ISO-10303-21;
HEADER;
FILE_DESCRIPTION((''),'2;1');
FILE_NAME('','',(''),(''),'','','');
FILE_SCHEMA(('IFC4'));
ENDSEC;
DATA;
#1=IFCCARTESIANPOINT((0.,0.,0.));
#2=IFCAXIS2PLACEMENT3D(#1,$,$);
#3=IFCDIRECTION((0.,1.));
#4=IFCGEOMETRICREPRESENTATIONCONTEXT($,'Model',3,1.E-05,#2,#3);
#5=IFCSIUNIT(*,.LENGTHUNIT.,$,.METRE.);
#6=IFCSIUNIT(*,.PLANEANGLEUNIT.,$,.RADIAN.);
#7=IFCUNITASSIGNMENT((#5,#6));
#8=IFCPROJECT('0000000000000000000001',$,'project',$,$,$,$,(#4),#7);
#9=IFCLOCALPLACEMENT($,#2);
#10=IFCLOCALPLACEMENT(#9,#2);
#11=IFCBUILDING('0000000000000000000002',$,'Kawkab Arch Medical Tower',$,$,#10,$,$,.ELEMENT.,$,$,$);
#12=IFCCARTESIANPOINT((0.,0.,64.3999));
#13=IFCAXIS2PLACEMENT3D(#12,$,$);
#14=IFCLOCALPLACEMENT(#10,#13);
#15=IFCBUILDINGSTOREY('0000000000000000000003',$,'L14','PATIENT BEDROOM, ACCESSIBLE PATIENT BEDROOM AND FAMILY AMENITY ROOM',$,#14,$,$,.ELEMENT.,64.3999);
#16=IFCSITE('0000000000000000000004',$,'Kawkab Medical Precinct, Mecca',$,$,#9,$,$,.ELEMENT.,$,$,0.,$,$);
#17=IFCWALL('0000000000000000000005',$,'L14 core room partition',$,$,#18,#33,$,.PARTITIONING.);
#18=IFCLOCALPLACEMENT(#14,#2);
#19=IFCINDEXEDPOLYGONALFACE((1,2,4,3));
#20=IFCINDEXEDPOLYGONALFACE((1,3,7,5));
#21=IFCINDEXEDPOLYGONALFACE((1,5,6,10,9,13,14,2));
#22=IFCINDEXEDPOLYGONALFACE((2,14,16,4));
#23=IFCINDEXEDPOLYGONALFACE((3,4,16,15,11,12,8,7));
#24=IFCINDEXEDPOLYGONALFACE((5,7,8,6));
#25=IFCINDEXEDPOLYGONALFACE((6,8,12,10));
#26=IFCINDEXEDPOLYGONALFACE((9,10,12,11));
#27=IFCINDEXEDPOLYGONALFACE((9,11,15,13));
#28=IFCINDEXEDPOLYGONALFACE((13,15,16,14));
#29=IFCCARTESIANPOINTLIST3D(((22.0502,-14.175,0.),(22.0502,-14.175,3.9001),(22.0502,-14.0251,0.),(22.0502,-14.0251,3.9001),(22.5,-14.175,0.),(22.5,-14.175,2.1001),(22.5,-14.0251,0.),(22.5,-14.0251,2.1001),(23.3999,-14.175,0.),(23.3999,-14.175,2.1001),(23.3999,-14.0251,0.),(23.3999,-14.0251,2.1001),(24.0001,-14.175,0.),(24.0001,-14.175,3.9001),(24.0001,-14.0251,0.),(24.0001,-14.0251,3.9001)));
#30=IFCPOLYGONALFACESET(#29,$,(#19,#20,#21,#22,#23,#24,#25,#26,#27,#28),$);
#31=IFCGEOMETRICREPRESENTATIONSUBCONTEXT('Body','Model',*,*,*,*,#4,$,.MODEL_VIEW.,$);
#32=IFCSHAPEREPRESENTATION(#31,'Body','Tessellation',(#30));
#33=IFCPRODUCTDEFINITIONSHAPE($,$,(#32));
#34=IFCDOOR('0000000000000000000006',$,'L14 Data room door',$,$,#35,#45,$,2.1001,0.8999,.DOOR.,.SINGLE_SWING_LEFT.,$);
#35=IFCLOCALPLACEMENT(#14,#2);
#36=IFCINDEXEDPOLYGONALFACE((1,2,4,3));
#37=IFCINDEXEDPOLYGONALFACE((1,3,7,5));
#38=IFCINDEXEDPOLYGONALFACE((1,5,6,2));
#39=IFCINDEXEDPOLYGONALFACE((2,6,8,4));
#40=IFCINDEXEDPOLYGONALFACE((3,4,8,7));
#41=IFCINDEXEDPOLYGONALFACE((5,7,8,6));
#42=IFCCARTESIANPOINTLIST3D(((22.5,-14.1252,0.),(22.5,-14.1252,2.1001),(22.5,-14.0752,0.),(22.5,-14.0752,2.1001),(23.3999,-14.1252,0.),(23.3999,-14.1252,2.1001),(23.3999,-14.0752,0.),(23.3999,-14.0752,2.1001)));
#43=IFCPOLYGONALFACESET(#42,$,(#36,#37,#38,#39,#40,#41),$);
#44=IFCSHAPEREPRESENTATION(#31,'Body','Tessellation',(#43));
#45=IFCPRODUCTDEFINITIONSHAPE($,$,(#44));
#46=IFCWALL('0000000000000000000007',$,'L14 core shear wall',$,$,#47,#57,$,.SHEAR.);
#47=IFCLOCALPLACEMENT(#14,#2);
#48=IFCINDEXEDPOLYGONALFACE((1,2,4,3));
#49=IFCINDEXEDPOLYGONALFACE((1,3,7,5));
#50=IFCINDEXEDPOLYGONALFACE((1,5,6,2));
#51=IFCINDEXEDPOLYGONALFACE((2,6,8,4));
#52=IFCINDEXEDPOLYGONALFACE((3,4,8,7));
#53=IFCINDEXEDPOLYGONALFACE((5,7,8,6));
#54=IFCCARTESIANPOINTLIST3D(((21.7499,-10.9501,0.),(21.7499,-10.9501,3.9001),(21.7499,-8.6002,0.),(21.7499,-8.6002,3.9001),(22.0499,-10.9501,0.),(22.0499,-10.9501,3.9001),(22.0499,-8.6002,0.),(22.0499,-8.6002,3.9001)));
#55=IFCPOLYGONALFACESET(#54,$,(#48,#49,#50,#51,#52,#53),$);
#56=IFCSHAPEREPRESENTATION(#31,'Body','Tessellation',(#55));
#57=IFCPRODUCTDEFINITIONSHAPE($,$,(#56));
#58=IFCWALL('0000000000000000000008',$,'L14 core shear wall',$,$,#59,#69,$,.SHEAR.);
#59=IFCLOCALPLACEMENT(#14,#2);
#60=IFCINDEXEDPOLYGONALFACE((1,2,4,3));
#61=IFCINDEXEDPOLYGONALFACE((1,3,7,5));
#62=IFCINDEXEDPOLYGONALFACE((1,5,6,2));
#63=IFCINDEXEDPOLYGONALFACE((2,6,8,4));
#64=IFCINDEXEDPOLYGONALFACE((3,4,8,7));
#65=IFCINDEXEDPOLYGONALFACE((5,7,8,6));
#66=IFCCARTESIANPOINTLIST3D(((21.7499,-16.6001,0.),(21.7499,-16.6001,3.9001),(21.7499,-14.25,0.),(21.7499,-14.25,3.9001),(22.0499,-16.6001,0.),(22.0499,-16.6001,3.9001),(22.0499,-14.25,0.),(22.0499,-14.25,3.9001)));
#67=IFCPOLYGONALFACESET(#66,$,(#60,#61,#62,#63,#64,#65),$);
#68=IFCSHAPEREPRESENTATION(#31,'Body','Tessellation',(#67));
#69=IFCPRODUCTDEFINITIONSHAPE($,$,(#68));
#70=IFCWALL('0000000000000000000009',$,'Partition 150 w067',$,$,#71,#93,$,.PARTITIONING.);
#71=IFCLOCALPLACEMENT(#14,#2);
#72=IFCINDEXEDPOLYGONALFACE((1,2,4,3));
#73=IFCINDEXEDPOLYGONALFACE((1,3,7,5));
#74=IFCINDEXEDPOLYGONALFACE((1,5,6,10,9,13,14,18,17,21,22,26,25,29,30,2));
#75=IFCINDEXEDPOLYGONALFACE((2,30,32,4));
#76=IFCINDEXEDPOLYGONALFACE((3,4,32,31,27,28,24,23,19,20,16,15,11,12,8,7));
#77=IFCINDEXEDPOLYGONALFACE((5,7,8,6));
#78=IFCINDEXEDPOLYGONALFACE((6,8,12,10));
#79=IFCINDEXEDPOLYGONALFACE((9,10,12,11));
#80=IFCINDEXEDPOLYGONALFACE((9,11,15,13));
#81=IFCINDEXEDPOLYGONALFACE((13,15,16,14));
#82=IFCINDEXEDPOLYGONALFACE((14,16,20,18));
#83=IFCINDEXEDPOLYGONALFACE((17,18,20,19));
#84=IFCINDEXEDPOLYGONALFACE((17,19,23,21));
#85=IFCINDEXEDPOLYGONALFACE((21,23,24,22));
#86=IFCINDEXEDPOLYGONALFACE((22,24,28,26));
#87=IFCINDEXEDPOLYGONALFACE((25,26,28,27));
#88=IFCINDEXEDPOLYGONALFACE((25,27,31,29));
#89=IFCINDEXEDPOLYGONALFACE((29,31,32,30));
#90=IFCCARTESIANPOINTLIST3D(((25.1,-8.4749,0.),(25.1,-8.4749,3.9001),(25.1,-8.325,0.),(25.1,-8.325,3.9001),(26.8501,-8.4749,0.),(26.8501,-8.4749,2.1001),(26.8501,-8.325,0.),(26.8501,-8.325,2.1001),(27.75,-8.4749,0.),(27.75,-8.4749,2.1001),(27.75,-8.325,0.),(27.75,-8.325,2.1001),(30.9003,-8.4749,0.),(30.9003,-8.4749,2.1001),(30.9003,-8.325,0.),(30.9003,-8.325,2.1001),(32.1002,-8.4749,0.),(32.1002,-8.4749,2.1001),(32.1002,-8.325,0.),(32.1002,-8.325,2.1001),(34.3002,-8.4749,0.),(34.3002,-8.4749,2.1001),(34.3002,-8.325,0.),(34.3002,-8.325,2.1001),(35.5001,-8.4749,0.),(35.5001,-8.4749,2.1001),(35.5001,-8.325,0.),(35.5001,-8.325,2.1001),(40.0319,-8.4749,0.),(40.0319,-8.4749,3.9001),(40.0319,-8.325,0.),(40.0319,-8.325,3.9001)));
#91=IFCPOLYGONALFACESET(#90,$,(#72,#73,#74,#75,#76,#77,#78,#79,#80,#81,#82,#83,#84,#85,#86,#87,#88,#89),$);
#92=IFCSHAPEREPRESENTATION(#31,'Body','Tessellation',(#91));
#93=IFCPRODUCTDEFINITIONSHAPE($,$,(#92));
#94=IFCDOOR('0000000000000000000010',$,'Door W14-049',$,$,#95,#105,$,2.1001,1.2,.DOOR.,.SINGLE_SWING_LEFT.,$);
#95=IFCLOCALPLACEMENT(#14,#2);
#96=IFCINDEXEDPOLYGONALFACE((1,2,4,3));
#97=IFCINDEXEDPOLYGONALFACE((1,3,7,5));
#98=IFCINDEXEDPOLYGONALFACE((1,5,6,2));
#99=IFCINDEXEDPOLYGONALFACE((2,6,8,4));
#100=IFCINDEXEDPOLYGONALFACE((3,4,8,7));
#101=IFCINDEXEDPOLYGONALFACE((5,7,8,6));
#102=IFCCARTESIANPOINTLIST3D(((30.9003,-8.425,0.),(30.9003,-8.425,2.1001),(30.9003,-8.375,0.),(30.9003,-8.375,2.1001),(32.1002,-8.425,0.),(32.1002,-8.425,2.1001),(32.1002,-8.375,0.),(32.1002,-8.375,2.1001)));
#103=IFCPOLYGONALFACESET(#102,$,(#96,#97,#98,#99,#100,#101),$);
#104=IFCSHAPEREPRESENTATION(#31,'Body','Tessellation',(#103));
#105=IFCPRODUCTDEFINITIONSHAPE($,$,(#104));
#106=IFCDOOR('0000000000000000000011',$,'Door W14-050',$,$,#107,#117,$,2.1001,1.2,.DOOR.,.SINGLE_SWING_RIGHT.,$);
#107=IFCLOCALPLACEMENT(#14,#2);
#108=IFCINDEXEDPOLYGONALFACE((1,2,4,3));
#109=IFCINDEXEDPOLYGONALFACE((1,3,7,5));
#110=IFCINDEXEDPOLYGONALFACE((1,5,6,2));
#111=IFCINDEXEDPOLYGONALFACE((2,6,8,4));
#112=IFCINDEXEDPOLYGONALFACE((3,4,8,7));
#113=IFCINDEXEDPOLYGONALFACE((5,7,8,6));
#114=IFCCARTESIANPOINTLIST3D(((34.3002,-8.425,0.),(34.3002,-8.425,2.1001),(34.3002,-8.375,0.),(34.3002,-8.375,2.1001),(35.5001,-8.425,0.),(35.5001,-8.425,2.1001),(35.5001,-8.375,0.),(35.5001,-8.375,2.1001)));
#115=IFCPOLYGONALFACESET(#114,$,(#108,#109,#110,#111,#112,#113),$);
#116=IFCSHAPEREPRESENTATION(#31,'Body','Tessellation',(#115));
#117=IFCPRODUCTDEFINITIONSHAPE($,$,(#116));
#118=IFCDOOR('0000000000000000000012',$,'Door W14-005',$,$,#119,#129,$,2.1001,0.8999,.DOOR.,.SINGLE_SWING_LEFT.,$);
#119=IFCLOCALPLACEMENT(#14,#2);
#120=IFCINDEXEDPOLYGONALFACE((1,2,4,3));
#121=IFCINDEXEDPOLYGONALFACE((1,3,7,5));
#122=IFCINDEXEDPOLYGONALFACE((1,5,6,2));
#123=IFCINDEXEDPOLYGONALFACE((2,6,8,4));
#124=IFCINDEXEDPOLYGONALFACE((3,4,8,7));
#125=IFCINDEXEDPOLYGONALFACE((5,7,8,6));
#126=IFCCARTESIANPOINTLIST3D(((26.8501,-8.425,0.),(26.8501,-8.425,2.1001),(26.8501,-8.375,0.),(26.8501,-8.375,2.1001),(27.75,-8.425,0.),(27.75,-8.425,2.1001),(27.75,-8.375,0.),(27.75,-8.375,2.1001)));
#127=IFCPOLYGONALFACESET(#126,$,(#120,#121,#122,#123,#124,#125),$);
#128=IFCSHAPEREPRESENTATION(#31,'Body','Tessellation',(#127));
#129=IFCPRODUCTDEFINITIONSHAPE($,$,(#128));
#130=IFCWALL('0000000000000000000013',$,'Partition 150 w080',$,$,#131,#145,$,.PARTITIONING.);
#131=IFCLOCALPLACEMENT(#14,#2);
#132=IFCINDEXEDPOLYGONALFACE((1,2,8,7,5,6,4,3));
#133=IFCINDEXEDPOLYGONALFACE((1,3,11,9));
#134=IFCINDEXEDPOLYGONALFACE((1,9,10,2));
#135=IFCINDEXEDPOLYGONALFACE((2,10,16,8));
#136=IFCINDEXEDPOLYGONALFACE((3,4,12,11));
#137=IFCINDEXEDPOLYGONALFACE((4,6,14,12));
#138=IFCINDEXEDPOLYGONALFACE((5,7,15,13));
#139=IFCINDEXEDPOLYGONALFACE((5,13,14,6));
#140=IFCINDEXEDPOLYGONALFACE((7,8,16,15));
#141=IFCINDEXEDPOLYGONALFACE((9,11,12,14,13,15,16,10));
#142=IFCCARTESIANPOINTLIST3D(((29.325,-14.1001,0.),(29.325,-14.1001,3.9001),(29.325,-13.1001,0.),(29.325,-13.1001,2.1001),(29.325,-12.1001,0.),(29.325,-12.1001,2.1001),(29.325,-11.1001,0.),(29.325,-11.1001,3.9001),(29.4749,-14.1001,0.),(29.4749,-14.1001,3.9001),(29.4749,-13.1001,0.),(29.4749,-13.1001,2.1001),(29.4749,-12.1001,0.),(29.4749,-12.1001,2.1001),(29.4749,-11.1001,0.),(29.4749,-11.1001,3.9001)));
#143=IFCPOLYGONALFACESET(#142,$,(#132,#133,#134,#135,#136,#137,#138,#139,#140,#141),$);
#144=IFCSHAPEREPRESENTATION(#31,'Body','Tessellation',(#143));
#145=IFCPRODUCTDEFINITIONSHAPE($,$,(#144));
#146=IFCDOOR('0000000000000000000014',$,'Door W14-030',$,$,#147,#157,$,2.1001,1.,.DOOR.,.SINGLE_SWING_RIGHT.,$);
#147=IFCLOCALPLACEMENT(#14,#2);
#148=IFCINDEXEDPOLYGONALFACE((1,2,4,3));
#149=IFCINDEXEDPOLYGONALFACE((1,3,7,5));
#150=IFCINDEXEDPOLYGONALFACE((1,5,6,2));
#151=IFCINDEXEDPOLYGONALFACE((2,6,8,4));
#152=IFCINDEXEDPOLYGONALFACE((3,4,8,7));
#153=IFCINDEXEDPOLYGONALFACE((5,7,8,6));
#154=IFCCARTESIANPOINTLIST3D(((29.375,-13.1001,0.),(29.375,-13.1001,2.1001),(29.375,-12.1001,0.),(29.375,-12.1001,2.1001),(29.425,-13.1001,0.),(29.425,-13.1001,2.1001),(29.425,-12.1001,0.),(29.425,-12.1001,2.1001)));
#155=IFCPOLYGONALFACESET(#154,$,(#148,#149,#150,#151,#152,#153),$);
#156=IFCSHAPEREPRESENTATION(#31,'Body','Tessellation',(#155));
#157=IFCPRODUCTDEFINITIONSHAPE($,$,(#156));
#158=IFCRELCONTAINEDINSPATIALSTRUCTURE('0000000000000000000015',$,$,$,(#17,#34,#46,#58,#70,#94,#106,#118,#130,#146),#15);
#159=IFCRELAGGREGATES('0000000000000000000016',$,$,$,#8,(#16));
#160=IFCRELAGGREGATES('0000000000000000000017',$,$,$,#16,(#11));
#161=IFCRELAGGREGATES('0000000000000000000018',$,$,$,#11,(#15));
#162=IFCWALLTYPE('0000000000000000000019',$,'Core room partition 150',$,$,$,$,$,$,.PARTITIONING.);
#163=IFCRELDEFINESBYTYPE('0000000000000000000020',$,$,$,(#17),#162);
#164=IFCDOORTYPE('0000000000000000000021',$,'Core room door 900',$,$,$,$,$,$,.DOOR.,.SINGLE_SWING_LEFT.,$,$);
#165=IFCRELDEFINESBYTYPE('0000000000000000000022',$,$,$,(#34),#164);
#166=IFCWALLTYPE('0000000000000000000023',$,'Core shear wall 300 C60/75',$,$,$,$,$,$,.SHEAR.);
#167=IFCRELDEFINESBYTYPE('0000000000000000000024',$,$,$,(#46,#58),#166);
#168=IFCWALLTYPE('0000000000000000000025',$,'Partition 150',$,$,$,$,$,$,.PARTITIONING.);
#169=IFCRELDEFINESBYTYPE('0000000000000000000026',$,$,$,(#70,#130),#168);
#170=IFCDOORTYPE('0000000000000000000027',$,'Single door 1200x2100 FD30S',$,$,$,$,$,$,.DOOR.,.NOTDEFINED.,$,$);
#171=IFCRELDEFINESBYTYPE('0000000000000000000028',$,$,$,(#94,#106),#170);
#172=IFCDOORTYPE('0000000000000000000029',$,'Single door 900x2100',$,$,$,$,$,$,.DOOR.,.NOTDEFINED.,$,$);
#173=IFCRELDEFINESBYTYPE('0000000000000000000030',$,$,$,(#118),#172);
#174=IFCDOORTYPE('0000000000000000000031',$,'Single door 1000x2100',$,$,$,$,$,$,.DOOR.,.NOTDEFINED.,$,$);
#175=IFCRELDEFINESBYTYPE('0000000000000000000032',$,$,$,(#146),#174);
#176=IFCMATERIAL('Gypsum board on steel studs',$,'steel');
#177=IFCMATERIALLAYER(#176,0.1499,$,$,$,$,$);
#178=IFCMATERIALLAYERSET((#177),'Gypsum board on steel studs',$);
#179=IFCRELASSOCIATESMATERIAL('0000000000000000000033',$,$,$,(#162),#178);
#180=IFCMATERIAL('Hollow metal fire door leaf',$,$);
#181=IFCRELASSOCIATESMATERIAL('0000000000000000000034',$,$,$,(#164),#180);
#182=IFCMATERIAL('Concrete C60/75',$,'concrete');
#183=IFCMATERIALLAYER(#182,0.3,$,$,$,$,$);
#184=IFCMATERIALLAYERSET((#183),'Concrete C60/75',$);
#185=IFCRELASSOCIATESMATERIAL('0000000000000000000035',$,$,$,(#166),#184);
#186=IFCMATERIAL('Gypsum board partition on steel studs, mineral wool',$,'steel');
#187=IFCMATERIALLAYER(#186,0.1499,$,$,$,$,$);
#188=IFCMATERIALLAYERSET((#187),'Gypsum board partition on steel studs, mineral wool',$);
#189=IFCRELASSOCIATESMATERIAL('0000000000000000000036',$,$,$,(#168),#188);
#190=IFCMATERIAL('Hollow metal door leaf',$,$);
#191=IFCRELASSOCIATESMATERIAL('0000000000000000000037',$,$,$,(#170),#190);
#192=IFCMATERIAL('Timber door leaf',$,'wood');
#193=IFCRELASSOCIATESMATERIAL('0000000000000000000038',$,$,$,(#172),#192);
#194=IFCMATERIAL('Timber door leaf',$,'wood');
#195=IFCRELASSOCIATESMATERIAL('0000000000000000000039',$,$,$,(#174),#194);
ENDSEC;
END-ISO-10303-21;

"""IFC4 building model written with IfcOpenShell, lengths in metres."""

from ifc_helpers import new_model, si_unit, direction, frame, frame_2d, origin, place, context, subcontext, project, spatial, rectangle, extrude, material, layer, layer_set, type_object, element, fill, save


model = new_model("IFC4")

# Units and contexts
model_context = context("Model", 3, precision=1e-05, world=origin(), true_north=direction((0.0, 1.0)))
body_context = subcontext(model_context, "Body", "Model", "MODEL_VIEW")
ifc_project = project(units=[si_unit("LENGTHUNIT", "METRE"), si_unit("PLANEANGLEUNIT", "RADIAN")], contexts=[model_context])

# Site, building, storey
site_placement = place(None, origin())
site = spatial("IfcSite", under=ifc_project, at=site_placement, Name="Kawkab Medical Precinct, Mecca", CompositionType="ELEMENT", RefElevation=0.0)
building_placement = place(site_placement, origin())
building = spatial("IfcBuilding", under=site, at=building_placement, Name="Kawkab Arch Medical Tower", CompositionType="ELEMENT")
storey_placement = place(building_placement, frame((0.0, 0.0, 64.3999)))
storey = spatial("IfcBuildingStorey", under=building, at=storey_placement, Name="L14", Description="PATIENT BEDROOM, ACCESSIBLE PATIENT BEDROOM AND FAMILY AMENITY ROOM", CompositionType="ELEMENT", Elevation=64.3999)

# Wall, opening, door
ifc_material_1 = material(Name="Gypsum board on steel studs", Category="steel")
ifc_layer_1 = layer(ifc_material_1, 0.1499)
ifc_layer_set_1 = layer_set([ifc_layer_1], Name="Gypsum board on steel studs")
wall_type_1 = type_object("IfcWallType", Name="Core room partition 150", PredefinedType="PARTITIONING", material=ifc_layer_set_1)
wall_1_placement = place(storey_placement, frame((22.05, -14.1001, 0.0), z_axis=(0.0, 0.0, 1.0), x_axis=(1.0, 0.0, 0.0)))
wall_1 = element("IfcWall", 1, at=wall_1_placement, inside=storey, type_object=wall_type_1, Name="L14 core room partition", PredefinedType="PARTITIONING", context=body_context, shape_type="SweptSolid", body=[
    extrude(rectangle(XDim=1.95, YDim=0.1499, at=frame_2d((0.9751, 0.0))), origin(), (0.0, 0.0, 1.0), 3.9001),
])
opening_1_placement = place(wall_1_placement, frame((0.45, 0.0, 0.0)))
opening_1 = element("IfcOpeningElement", 2, at=opening_1_placement, cuts=wall_1, PredefinedType="OPENING", context=body_context, shape_type="SweptSolid", body=[
    extrude(rectangle(XDim=0.8999, YDim=2.1001, at=frame_2d((0.45, 1.05))), frame((0.0, 0.085, 0.0), z_axis=(0.0, -1.0, 0.0), x_axis=(1.0, 0.0, 0.0)), (0.0, 0.0, 1.0), 0.1699),
])
ifc_material_2 = material(Name="Hollow metal fire door leaf")
door_type_1 = type_object("IfcDoorType", Name="Core room door 900", OperationType="SINGLE_SWING_LEFT", PredefinedType="DOOR", material=ifc_material_2)
door_1_placement = place(opening_1_placement, origin())
door_1 = element("IfcDoor", 3, at=door_1_placement, inside=storey, type_object=door_type_1, Name="L14 Data room door", OperationType="SINGLE_SWING_LEFT", OverallHeight=2.1001, OverallWidth=0.8999, PredefinedType="DOOR", context=body_context, shape_type="SweptSolid", body=[
    extrude(rectangle(XDim=0.8999, YDim=2.1001, at=frame_2d((0.45, 1.05))), frame((0.0, 0.0249, 0.0), z_axis=(0.0, -1.0, 0.0), x_axis=(1.0, 0.0, 0.0)), (0.0, 0.0, 1.0), 0.05),
])
fill(opening_1, door_1)

# Walls
ifc_material_3 = material(Name="Concrete C60/75", Category="concrete")
ifc_layer_2 = layer(ifc_material_3, 0.3)
ifc_layer_set_2 = layer_set([ifc_layer_2], Name="Concrete C60/75")
wall_type_2 = type_object("IfcWallType", Name="Core shear wall 300 C60/75", PredefinedType="SHEAR", material=ifc_layer_set_2)
wall_2_placement = place(storey_placement, frame((21.8999, -10.95, 0.0), z_axis=(0.0, 0.0, 1.0), x_axis=(0.0, 1.0, 0.0)))
element("IfcWall", 4, at=wall_2_placement, inside=storey, type_object=wall_type_2, Name="L14 core shear wall", PredefinedType="SHEAR", context=body_context, shape_type="SweptSolid", body=[
    extrude(rectangle(XDim=2.3499, YDim=0.3, at=frame_2d((1.1748, 0.0))), origin(), (0.0, 0.0, 1.0), 3.9001),
])
wall_3_placement = place(storey_placement, frame((21.8999, -16.6001, 0.0), z_axis=(0.0, 0.0, 1.0), x_axis=(0.0, 1.0, 0.0)))
element("IfcWall", 5, at=wall_3_placement, inside=storey, type_object=wall_type_2, Name="L14 core shear wall", PredefinedType="SHEAR", context=body_context, shape_type="SweptSolid", body=[
    extrude(rectangle(XDim=2.3501, YDim=0.3, at=frame_2d((1.175, 0.0))), origin(), (0.0, 0.0, 1.0), 3.9001),
])

# Wall, openings, doors
ifc_material_4 = material(Name="Gypsum board partition on steel studs, mineral wool", Category="steel")
ifc_layer_3 = layer(ifc_material_4, 0.1499)
ifc_layer_set_3 = layer_set([ifc_layer_3], Name="Gypsum board partition on steel studs, mineral wool")
wall_type_3 = type_object("IfcWallType", Name="Partition 150", PredefinedType="PARTITIONING", material=ifc_layer_set_3)
wall_4_placement = place(storey_placement, frame((25.1001, -8.3999, 0.0), z_axis=(0.0, 0.0, 1.0), x_axis=(1.0, 0.0, 0.0)))
wall_4 = element("IfcWall", 6, at=wall_4_placement, inside=storey, type_object=wall_type_3, Name="Partition 150 w067", PredefinedType="PARTITIONING", context=body_context, shape_type="SweptSolid", body=[
    extrude(rectangle(XDim=14.9319, YDim=0.1499, at=frame_2d((7.4658, 0.0))), origin(), (0.0, 0.0, 1.0), 3.9001),
])
opening_2_placement = place(wall_4_placement, frame((1.75, 0.0, 0.0)))
opening_2 = element("IfcOpeningElement", 7, at=opening_2_placement, cuts=wall_4, PredefinedType="OPENING", context=body_context, shape_type="SweptSolid", body=[
    extrude(rectangle(XDim=0.8999, YDim=2.1001, at=frame_2d((0.45, 1.05))), frame((0.0, 0.085, 0.0), z_axis=(0.0, -1.0, 0.0), x_axis=(1.0, 0.0, 0.0)), (0.0, 0.0, 1.0), 0.1699),
])
opening_3_placement = place(wall_4_placement, frame((5.8, 0.0, 0.0)))
opening_3 = element("IfcOpeningElement", 8, at=opening_3_placement, cuts=wall_4, PredefinedType="OPENING", context=body_context, shape_type="SweptSolid", body=[
    extrude(rectangle(XDim=1.2, YDim=2.1001, at=frame_2d((0.6001, 1.05))), frame((0.0, 0.085, 0.0), z_axis=(0.0, -1.0, 0.0), x_axis=(1.0, 0.0, 0.0)), (0.0, 0.0, 1.0), 0.1699),
])
opening_4_placement = place(wall_4_placement, frame((9.2, 0.0, 0.0)))
opening_4 = element("IfcOpeningElement", 9, at=opening_4_placement, cuts=wall_4, PredefinedType="OPENING", context=body_context, shape_type="SweptSolid", body=[
    extrude(rectangle(XDim=1.2, YDim=2.1001, at=frame_2d((0.6001, 1.05))), frame((0.0, 0.085, 0.0), z_axis=(0.0, -1.0, 0.0), x_axis=(1.0, 0.0, 0.0)), (0.0, 0.0, 1.0), 0.1699),
])
ifc_material_5 = material(Name="Hollow metal door leaf")
door_type_2 = type_object("IfcDoorType", Name="Single door 1200x2100 FD30S", OperationType="NOTDEFINED", PredefinedType="DOOR", material=ifc_material_5)
door_2_placement = place(opening_3_placement, origin())
door_2 = element("IfcDoor", 10, at=door_2_placement, inside=storey, type_object=door_type_2, Name="Door W14-049", OperationType="SINGLE_SWING_LEFT", OverallHeight=2.1001, OverallWidth=1.2, PredefinedType="DOOR", context=body_context, shape_type="SweptSolid", body=[
    extrude(rectangle(XDim=1.2, YDim=2.1001, at=frame_2d((0.6001, 1.05))), frame((0.0, 0.0249, 0.0), z_axis=(0.0, -1.0, 0.0), x_axis=(1.0, 0.0, 0.0)), (0.0, 0.0, 1.0), 0.05),
])
fill(opening_3, door_2)
door_3_placement = place(opening_4_placement, origin())
door_3 = element("IfcDoor", 11, at=door_3_placement, inside=storey, type_object=door_type_2, Name="Door W14-050", OperationType="SINGLE_SWING_RIGHT", OverallHeight=2.1001, OverallWidth=1.2, PredefinedType="DOOR", context=body_context, shape_type="SweptSolid", body=[
    extrude(rectangle(XDim=1.2, YDim=2.1001, at=frame_2d((0.6001, 1.05))), frame((0.0, 0.0249, 0.0), z_axis=(0.0, -1.0, 0.0), x_axis=(1.0, 0.0, 0.0)), (0.0, 0.0, 1.0), 0.05),
])
fill(opening_4, door_3)
ifc_material_6 = material(Name="Timber door leaf", Category="wood")
door_type_3 = type_object("IfcDoorType", Name="Single door 900x2100", OperationType="NOTDEFINED", PredefinedType="DOOR", material=ifc_material_6)
door_4_placement = place(opening_2_placement, origin())
door_4 = element("IfcDoor", 12, at=door_4_placement, inside=storey, type_object=door_type_3, Name="Door W14-005", OperationType="SINGLE_SWING_LEFT", OverallHeight=2.1001, OverallWidth=0.8999, PredefinedType="DOOR", context=body_context, shape_type="SweptSolid", body=[
    extrude(rectangle(XDim=0.8999, YDim=2.1001, at=frame_2d((0.45, 1.05))), frame((0.0, 0.0249, 0.0), z_axis=(0.0, -1.0, 0.0), x_axis=(1.0, 0.0, 0.0)), (0.0, 0.0, 1.0), 0.05),
])
fill(opening_2, door_4)

# Wall, opening, door
wall_5_placement = place(storey_placement, frame((29.3999, -14.1001, 0.0), z_axis=(0.0, 0.0, 1.0), x_axis=(0.0, 1.0, 0.0)))
wall_5 = element("IfcWall", 13, at=wall_5_placement, inside=storey, type_object=wall_type_3, Name="Partition 150 w080", PredefinedType="PARTITIONING", context=body_context, shape_type="SweptSolid", body=[
    extrude(rectangle(XDim=3.0, YDim=0.1499, at=frame_2d((1.5, 0.0))), origin(), (0.0, 0.0, 1.0), 3.9001),
])
opening_5_placement = place(wall_5_placement, frame((1.0, 0.0, 0.0)))
opening_5 = element("IfcOpeningElement", 14, at=opening_5_placement, cuts=wall_5, PredefinedType="OPENING", context=body_context, shape_type="SweptSolid", body=[
    extrude(rectangle(XDim=1.0, YDim=2.1001, at=frame_2d((0.5, 1.05))), frame((0.0, 0.085, 0.0), z_axis=(0.0, -1.0, 0.0), x_axis=(1.0, 0.0, 0.0)), (0.0, 0.0, 1.0), 0.1699),
])
ifc_material_7 = material(Name="Timber door leaf", Category="wood")
door_type_4 = type_object("IfcDoorType", Name="Single door 1000x2100", OperationType="NOTDEFINED", PredefinedType="DOOR", material=ifc_material_7)
door_5_placement = place(opening_5_placement, origin())
door_5 = element("IfcDoor", 15, at=door_5_placement, inside=storey, type_object=door_type_4, Name="Door W14-030", OperationType="SINGLE_SWING_RIGHT", OverallHeight=2.1001, OverallWidth=1.0, PredefinedType="DOOR", context=body_context, shape_type="SweptSolid", body=[
    extrude(rectangle(XDim=1.0, YDim=2.1001, at=frame_2d((0.5, 1.05))), frame((0.0, 0.0249, 0.0), z_axis=(0.0, -1.0, 0.0), x_axis=(1.0, 0.0, 0.0)), (0.0, 0.0, 1.0), 0.05),
])
fill(opening_5, door_5)

save(model, "model.ifc")
